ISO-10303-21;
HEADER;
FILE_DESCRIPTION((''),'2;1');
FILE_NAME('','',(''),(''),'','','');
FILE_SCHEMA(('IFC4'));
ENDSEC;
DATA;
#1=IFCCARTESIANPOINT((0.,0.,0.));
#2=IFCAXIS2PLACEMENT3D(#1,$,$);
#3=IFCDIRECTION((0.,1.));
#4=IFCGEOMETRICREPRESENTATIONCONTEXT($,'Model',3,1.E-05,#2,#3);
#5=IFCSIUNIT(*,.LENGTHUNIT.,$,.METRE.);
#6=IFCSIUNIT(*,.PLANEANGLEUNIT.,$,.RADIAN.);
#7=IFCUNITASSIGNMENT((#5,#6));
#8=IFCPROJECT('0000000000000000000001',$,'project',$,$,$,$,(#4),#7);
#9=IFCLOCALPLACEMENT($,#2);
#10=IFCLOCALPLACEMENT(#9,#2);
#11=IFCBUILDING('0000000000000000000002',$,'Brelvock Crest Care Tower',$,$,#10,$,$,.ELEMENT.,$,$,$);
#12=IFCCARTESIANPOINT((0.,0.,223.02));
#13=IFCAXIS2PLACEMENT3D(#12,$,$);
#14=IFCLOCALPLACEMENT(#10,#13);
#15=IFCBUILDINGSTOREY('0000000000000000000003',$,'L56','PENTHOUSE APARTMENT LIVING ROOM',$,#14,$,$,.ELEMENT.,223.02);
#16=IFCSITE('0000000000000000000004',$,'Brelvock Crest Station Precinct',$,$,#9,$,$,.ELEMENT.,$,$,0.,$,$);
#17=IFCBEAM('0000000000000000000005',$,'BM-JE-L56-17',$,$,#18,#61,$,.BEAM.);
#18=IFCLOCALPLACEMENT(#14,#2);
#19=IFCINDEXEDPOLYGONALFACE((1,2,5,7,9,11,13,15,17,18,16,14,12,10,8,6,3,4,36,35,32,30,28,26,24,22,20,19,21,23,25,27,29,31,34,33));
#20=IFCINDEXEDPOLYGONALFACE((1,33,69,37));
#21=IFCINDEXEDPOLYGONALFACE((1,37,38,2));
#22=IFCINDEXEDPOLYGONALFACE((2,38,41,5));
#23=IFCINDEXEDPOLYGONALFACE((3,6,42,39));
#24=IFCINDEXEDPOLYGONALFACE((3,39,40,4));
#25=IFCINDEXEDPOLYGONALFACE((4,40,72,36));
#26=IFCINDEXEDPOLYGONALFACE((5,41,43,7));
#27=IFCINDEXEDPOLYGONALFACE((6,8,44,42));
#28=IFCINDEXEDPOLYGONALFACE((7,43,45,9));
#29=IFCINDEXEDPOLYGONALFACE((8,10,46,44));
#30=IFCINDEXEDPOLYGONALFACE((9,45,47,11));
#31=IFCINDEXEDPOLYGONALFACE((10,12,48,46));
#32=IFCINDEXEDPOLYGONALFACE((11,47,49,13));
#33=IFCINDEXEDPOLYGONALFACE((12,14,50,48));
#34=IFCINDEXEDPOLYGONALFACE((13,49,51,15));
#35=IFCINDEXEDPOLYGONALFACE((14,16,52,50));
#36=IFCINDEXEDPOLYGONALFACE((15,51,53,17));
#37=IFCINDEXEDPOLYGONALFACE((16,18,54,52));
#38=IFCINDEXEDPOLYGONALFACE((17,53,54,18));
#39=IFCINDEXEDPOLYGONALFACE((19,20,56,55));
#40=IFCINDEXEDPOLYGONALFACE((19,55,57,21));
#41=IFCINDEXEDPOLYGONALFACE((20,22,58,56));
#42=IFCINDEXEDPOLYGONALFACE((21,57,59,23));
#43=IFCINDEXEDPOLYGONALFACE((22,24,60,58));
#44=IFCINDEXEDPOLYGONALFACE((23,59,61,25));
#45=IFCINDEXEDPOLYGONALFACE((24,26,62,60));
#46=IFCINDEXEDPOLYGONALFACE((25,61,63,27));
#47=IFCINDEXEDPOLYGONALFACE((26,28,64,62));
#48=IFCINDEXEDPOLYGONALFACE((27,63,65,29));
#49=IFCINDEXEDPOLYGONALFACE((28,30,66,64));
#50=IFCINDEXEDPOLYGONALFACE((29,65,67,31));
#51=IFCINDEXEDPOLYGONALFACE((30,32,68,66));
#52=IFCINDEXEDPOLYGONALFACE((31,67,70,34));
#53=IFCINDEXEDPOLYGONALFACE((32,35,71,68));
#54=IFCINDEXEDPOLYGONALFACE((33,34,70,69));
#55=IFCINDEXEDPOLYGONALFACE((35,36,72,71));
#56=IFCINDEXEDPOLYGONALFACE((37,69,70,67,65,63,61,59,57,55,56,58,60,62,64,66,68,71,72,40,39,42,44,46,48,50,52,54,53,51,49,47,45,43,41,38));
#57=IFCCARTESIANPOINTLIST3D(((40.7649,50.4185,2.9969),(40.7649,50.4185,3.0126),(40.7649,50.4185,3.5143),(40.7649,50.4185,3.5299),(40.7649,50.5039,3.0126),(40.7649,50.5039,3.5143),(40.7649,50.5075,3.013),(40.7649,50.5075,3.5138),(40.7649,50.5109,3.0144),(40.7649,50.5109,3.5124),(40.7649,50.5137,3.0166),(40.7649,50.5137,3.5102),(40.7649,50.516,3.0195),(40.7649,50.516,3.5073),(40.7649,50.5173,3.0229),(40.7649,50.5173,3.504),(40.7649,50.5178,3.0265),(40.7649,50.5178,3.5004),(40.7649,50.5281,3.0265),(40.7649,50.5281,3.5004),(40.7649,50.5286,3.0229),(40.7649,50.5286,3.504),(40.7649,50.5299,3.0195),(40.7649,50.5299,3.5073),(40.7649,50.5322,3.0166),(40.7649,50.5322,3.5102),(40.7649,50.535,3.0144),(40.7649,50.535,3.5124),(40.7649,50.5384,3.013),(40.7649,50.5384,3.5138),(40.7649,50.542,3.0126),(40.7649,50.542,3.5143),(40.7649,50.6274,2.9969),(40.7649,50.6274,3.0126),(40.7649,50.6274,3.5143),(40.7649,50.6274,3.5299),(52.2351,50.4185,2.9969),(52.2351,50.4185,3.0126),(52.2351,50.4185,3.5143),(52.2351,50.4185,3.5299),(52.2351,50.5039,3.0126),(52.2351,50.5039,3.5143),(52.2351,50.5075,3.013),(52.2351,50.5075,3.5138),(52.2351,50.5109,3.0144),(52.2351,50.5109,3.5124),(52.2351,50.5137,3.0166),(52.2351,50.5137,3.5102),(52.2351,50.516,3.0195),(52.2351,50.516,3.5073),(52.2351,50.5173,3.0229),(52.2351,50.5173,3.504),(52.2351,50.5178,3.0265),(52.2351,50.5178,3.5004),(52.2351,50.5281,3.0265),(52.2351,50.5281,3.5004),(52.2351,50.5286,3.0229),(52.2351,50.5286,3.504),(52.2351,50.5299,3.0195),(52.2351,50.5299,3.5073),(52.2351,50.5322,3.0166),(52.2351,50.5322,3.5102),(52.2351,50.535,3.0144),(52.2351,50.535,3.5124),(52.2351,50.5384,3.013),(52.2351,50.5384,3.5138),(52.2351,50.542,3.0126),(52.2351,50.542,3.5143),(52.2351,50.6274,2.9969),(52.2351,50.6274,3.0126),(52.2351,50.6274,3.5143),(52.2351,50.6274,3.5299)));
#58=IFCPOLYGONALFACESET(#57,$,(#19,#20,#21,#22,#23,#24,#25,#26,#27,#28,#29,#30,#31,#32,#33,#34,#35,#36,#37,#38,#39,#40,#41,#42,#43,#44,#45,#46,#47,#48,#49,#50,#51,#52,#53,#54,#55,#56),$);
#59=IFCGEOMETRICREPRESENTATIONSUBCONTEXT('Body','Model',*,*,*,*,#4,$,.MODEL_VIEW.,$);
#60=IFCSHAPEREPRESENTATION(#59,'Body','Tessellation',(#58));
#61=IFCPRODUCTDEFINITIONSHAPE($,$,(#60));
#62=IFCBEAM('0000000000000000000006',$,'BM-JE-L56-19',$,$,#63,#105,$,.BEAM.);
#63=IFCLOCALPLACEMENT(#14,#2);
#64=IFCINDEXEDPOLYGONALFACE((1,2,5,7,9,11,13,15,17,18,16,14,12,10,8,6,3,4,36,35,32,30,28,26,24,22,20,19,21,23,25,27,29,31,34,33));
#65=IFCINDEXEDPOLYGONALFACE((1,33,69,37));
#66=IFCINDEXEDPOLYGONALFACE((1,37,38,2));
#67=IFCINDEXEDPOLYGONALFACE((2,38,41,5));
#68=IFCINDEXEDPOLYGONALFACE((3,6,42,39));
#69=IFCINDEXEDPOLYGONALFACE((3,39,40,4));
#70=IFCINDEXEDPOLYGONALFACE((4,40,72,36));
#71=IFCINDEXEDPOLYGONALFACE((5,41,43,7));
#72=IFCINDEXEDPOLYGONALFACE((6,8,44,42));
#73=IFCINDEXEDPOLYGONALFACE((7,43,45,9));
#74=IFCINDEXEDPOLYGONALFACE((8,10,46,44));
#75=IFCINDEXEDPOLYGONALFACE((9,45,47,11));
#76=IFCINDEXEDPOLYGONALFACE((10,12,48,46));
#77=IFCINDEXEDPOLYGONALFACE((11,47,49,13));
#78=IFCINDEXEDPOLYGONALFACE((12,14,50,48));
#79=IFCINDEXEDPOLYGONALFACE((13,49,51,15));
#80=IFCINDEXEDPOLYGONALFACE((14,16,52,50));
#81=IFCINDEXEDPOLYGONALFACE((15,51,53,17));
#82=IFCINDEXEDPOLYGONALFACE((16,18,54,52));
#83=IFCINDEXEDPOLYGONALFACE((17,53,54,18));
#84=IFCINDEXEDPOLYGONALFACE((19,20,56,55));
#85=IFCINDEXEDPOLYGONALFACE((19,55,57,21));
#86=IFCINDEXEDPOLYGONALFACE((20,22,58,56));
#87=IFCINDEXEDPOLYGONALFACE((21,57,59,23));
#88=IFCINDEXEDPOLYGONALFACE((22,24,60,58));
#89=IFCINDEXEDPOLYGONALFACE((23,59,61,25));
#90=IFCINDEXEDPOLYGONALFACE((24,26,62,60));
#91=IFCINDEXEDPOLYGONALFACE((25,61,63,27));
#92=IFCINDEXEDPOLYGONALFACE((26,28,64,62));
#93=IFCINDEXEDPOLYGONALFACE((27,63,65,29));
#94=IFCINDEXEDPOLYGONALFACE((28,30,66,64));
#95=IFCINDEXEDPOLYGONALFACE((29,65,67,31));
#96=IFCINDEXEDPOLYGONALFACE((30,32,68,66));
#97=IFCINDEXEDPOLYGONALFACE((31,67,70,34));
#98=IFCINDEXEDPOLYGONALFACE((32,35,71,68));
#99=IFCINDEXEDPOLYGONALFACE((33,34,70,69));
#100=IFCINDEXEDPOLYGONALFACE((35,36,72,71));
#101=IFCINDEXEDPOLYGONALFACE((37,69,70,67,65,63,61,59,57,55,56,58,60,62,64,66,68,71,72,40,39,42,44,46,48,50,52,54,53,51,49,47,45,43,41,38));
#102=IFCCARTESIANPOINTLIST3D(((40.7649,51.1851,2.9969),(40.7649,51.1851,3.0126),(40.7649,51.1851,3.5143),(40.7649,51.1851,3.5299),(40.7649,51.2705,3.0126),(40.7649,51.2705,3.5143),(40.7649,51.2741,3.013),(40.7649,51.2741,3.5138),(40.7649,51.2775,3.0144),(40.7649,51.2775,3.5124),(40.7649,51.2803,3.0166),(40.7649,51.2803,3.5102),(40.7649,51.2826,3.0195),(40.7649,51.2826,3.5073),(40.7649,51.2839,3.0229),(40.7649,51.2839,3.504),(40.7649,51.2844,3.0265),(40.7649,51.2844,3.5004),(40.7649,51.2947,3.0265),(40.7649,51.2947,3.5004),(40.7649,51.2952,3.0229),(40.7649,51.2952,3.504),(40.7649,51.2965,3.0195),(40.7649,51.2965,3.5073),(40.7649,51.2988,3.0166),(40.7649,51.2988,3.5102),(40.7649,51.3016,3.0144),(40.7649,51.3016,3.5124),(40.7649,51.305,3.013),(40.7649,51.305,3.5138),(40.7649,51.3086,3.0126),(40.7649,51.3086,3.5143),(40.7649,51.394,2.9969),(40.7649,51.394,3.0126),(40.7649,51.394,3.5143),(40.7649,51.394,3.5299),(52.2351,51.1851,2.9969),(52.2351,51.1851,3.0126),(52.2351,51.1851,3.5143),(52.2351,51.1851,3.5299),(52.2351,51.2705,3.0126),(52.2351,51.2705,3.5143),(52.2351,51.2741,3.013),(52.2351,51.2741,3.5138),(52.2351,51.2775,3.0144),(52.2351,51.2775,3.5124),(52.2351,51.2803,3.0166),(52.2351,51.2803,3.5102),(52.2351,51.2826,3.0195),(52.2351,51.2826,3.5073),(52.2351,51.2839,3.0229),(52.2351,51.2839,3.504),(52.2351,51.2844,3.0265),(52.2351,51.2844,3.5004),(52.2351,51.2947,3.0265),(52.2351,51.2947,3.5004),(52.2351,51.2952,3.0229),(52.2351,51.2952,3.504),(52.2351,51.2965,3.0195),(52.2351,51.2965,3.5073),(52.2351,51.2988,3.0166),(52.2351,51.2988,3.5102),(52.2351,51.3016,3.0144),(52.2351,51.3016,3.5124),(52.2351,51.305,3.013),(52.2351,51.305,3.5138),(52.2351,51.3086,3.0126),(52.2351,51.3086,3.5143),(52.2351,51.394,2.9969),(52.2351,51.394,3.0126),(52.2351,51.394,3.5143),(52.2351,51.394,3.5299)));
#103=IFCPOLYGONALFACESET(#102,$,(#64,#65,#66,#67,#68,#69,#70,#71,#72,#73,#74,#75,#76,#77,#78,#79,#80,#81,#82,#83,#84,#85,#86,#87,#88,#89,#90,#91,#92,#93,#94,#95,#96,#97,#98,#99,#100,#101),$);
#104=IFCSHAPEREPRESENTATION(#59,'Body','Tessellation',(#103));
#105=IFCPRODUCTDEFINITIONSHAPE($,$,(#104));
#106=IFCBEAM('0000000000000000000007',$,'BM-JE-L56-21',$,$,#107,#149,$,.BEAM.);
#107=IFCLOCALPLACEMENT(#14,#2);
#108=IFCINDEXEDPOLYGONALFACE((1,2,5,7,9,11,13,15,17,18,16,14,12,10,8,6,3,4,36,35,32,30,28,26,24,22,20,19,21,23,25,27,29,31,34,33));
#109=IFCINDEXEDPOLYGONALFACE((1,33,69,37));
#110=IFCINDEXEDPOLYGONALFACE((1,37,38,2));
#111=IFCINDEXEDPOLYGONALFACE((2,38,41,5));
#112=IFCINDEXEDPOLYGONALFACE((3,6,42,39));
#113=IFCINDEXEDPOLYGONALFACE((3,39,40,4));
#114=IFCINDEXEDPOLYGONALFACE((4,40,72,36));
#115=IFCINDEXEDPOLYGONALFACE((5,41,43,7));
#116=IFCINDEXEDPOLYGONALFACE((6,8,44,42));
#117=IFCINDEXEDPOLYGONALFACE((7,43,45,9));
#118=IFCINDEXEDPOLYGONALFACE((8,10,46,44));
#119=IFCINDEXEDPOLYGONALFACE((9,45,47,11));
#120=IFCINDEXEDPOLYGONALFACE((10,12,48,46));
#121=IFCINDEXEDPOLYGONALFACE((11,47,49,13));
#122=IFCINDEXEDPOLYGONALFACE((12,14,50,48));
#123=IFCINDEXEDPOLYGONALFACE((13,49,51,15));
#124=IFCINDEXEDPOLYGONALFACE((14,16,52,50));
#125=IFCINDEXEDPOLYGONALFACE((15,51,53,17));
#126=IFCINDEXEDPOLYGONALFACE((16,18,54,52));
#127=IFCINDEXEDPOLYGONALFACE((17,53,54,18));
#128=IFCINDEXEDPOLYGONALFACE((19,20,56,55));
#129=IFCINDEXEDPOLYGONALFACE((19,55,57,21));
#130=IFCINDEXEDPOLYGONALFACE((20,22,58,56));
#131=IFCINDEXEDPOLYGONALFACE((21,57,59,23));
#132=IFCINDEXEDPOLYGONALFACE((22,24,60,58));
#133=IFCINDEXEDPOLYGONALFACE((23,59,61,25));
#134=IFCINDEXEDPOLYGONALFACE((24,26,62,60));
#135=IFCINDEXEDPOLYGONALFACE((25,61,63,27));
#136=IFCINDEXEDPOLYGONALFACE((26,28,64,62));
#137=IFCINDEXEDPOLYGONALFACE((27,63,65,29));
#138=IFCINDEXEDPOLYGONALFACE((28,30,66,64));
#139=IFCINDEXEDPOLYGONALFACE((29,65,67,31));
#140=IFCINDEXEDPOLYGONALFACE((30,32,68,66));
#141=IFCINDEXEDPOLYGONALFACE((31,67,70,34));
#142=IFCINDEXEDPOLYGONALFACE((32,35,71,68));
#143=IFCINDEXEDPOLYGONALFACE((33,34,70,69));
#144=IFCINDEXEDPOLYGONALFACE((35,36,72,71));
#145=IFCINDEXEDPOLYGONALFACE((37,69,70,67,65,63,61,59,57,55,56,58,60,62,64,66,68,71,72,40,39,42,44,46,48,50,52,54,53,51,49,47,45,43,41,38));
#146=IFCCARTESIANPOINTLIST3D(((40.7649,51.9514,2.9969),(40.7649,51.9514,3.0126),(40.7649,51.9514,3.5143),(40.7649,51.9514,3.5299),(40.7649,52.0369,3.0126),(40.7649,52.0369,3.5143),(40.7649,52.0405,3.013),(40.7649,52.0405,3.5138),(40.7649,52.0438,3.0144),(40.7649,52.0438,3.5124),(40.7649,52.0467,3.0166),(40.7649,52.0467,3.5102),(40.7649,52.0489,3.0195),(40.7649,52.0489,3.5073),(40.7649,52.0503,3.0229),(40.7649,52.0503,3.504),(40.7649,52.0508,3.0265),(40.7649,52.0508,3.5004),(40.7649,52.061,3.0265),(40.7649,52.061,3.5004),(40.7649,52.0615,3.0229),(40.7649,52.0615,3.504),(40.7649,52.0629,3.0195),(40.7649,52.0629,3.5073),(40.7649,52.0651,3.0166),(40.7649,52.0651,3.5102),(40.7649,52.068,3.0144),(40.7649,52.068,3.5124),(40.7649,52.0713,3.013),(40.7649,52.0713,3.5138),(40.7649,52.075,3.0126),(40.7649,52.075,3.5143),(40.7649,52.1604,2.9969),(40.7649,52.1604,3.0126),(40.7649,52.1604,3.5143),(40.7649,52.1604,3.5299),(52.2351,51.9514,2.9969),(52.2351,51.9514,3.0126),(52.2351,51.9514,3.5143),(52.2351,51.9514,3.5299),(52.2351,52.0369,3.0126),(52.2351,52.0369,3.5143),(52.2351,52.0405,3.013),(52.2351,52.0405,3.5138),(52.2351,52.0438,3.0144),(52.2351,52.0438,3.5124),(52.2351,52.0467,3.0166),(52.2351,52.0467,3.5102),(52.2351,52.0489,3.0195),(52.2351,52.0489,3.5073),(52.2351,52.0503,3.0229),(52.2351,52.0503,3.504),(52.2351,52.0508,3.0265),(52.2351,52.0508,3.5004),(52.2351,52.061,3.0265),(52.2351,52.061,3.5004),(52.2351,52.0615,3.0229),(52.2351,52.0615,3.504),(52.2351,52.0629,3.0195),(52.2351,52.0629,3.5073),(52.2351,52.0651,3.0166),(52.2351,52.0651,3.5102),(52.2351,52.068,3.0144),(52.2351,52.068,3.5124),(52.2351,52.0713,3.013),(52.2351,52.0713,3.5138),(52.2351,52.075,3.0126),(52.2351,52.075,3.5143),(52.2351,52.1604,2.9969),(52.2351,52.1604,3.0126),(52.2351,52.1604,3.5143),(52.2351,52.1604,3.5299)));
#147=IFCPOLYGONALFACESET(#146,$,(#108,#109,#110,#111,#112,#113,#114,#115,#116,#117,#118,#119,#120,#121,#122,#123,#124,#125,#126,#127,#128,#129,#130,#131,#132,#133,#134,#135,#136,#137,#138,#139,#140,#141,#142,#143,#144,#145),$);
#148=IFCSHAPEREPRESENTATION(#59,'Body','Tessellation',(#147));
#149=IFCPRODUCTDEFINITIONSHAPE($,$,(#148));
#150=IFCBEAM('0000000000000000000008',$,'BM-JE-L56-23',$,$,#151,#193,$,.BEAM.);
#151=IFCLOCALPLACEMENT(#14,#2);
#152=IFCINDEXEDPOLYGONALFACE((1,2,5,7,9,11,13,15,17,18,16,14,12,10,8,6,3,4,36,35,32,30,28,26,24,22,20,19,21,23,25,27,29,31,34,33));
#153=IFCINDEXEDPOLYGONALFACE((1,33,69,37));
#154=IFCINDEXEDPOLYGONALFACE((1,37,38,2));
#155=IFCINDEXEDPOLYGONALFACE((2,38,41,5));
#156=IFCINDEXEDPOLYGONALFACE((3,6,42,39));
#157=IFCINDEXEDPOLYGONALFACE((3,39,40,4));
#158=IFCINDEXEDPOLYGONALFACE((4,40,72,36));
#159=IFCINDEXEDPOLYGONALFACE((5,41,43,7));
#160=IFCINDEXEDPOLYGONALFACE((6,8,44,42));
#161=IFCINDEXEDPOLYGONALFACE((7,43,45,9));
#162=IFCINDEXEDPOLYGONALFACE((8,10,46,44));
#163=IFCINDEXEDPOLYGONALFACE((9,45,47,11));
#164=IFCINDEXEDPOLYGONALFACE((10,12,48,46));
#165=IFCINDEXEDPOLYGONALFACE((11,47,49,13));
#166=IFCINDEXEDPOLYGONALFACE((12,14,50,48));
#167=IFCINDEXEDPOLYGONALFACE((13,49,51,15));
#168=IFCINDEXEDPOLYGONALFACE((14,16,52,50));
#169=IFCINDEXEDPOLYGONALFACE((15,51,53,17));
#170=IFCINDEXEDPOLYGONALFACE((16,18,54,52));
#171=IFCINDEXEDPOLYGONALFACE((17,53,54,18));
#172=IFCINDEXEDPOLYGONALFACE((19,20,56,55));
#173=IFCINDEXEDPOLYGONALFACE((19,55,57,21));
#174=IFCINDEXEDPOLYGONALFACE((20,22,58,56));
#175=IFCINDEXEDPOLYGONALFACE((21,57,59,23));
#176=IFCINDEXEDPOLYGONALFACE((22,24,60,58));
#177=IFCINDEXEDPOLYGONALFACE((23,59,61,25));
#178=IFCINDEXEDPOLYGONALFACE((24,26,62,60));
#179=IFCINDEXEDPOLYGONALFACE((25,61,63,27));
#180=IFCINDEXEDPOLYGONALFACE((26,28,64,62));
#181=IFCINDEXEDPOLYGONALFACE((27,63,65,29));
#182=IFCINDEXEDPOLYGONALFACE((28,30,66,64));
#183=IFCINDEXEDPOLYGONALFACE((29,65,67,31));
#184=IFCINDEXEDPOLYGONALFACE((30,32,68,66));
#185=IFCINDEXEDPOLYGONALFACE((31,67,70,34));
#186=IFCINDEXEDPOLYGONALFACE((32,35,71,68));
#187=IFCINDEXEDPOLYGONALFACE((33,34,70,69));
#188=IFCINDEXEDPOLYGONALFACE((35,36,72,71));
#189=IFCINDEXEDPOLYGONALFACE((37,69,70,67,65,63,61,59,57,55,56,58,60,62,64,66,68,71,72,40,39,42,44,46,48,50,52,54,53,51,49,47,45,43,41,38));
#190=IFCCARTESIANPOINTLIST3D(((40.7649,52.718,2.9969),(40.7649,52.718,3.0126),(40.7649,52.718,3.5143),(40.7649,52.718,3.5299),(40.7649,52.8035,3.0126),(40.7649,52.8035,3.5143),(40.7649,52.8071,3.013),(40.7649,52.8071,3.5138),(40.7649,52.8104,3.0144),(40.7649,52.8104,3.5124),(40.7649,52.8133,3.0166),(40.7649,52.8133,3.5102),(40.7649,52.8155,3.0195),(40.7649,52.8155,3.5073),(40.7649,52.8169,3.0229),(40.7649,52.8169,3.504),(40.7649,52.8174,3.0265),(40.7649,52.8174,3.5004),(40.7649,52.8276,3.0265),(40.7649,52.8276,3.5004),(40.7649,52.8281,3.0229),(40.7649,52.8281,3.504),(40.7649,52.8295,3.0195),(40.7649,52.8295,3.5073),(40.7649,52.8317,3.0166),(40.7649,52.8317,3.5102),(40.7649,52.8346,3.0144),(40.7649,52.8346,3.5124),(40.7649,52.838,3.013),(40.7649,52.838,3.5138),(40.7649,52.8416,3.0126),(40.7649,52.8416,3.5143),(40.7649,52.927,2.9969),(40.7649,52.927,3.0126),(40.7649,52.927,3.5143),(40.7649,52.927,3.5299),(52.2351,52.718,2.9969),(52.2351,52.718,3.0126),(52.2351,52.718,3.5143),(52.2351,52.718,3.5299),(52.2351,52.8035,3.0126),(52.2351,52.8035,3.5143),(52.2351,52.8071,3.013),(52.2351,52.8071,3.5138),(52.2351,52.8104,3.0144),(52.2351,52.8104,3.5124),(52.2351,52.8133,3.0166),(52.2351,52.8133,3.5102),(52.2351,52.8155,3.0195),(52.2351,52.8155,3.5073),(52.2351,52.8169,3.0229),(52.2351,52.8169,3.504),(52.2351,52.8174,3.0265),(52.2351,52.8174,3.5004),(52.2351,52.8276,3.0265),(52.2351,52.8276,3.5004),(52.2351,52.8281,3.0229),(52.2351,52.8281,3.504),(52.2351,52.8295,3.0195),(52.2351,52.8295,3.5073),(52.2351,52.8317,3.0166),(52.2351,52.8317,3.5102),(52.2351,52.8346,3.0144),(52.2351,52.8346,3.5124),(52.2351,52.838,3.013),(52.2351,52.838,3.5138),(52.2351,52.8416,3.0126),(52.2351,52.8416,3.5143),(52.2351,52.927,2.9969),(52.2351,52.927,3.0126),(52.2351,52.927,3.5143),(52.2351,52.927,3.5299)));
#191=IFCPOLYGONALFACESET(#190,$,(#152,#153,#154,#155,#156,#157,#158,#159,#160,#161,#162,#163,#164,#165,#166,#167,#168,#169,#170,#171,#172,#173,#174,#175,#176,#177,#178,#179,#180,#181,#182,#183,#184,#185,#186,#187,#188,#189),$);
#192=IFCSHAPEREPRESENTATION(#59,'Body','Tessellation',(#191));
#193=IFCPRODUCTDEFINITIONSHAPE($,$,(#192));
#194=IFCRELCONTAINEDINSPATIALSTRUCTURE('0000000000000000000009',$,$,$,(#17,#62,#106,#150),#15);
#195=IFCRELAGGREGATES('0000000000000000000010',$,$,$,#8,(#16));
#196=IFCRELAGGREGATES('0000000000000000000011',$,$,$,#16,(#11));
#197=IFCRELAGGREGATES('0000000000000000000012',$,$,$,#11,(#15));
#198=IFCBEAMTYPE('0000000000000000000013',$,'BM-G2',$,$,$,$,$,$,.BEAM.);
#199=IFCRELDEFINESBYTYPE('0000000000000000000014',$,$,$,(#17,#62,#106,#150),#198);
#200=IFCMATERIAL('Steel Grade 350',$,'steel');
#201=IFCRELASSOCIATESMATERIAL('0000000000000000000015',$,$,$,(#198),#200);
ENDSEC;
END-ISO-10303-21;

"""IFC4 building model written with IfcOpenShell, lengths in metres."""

from ifc_helpers import new_model, si_unit, direction, frame, origin, origin_2d, place, context, subcontext, project, spatial, i_section, extrude, source, transform, mapped, material, material_profile, profile_set, type_object, element, save


model = new_model("IFC4")

# Units and contexts
model_context = context("Model", 3, precision=1e-05, world=origin(), true_north=direction((0.0, 1.0)))
body_context = subcontext(model_context, "Body", "Model", "MODEL_VIEW")
ifc_project = project(units=[si_unit("LENGTHUNIT", "METRE"), si_unit("PLANEANGLEUNIT", "RADIAN")], contexts=[model_context])

# Site, building, storey
site_placement = place(None, origin())
site = spatial("IfcSite", under=ifc_project, at=site_placement, Name="Brelvock Crest Station Precinct", CompositionType="ELEMENT", RefElevation=0.0)
building_placement = place(site_placement, origin())
building = spatial("IfcBuilding", under=site, at=building_placement, Name="Brelvock Crest Care Tower", CompositionType="ELEMENT")
storey_placement = place(building_placement, frame((0.0, 0.0, 223.02)))
storey = spatial("IfcBuildingStorey", under=building, at=storey_placement, Name="L56", Description="PENTHOUSE APARTMENT LIVING ROOM", CompositionType="ELEMENT", Elevation=223.02)

# Shared definitions
ifc_material_1 = material(Name="Steel Grade 350", Category="steel")

# Beams
ifc_material_profile_1 = material_profile(ifc_material_1, i_section(OverallWidth=0.209, OverallDepth=0.533, WebThickness=0.0103, FlangeThickness=0.0156, FilletRadius=0.0139, at=origin_2d()), Name="530UB92.4")
ifc_profile_set_1 = profile_set([ifc_material_profile_1], Name="Steel Grade 350")
beam_type_1 = type_object("IfcBeamType", Name="BM-G2", PredefinedType="BEAM", material=ifc_profile_set_1)
shared_shape_1 = source(origin(), body_context, "Body", "SweptSolid", [
    extrude(i_section(OverallWidth=0.209, OverallDepth=0.533, WebThickness=0.0103, FlangeThickness=0.0156, FilletRadius=0.0139, at=origin_2d()), origin(), (0.0, 0.0, 1.0), 11.4702),
])
for number, where, z_axis, x_axis, name in (
    (1, (40.7649, 50.5229, 3.2634), (1.0, 0.0, 0.0), (0.0, 1.0, 0.0), "BM-JE-L56-17"),
    (2, (40.7649, 51.2896, 3.2634), (1.0, 0.0, 0.0), (0.0, 1.0, 0.0), "BM-JE-L56-19"),
    (3, (40.7649, 52.0559, 3.2634), (1.0, 0.0, 0.0), (0.0, 1.0, 0.0), "BM-JE-L56-21"),
    (4, (40.7649, 52.8225, 3.2634), (1.0, 0.0, 0.0), (0.0, 1.0, 0.0), "BM-JE-L56-23"),
):
    element("IfcBeam", number, at=place(storey_placement, frame(where, z_axis=z_axis, x_axis=x_axis)), inside=storey, type_object=beam_type_1, Name=name, PredefinedType="BEAM", context=body_context, shape_type="MappedRepresentation", body=[
        mapped(shared_shape_1, transform((0.0, 0.0, 0.0), x_axis=(1.0, 0.0, 0.0), y_axis=(0.0, 1.0, 0.0), z_axis=(0.0, 0.0, 1.0), scale=1.0)),
    ])

save(model, "model.ifc")
